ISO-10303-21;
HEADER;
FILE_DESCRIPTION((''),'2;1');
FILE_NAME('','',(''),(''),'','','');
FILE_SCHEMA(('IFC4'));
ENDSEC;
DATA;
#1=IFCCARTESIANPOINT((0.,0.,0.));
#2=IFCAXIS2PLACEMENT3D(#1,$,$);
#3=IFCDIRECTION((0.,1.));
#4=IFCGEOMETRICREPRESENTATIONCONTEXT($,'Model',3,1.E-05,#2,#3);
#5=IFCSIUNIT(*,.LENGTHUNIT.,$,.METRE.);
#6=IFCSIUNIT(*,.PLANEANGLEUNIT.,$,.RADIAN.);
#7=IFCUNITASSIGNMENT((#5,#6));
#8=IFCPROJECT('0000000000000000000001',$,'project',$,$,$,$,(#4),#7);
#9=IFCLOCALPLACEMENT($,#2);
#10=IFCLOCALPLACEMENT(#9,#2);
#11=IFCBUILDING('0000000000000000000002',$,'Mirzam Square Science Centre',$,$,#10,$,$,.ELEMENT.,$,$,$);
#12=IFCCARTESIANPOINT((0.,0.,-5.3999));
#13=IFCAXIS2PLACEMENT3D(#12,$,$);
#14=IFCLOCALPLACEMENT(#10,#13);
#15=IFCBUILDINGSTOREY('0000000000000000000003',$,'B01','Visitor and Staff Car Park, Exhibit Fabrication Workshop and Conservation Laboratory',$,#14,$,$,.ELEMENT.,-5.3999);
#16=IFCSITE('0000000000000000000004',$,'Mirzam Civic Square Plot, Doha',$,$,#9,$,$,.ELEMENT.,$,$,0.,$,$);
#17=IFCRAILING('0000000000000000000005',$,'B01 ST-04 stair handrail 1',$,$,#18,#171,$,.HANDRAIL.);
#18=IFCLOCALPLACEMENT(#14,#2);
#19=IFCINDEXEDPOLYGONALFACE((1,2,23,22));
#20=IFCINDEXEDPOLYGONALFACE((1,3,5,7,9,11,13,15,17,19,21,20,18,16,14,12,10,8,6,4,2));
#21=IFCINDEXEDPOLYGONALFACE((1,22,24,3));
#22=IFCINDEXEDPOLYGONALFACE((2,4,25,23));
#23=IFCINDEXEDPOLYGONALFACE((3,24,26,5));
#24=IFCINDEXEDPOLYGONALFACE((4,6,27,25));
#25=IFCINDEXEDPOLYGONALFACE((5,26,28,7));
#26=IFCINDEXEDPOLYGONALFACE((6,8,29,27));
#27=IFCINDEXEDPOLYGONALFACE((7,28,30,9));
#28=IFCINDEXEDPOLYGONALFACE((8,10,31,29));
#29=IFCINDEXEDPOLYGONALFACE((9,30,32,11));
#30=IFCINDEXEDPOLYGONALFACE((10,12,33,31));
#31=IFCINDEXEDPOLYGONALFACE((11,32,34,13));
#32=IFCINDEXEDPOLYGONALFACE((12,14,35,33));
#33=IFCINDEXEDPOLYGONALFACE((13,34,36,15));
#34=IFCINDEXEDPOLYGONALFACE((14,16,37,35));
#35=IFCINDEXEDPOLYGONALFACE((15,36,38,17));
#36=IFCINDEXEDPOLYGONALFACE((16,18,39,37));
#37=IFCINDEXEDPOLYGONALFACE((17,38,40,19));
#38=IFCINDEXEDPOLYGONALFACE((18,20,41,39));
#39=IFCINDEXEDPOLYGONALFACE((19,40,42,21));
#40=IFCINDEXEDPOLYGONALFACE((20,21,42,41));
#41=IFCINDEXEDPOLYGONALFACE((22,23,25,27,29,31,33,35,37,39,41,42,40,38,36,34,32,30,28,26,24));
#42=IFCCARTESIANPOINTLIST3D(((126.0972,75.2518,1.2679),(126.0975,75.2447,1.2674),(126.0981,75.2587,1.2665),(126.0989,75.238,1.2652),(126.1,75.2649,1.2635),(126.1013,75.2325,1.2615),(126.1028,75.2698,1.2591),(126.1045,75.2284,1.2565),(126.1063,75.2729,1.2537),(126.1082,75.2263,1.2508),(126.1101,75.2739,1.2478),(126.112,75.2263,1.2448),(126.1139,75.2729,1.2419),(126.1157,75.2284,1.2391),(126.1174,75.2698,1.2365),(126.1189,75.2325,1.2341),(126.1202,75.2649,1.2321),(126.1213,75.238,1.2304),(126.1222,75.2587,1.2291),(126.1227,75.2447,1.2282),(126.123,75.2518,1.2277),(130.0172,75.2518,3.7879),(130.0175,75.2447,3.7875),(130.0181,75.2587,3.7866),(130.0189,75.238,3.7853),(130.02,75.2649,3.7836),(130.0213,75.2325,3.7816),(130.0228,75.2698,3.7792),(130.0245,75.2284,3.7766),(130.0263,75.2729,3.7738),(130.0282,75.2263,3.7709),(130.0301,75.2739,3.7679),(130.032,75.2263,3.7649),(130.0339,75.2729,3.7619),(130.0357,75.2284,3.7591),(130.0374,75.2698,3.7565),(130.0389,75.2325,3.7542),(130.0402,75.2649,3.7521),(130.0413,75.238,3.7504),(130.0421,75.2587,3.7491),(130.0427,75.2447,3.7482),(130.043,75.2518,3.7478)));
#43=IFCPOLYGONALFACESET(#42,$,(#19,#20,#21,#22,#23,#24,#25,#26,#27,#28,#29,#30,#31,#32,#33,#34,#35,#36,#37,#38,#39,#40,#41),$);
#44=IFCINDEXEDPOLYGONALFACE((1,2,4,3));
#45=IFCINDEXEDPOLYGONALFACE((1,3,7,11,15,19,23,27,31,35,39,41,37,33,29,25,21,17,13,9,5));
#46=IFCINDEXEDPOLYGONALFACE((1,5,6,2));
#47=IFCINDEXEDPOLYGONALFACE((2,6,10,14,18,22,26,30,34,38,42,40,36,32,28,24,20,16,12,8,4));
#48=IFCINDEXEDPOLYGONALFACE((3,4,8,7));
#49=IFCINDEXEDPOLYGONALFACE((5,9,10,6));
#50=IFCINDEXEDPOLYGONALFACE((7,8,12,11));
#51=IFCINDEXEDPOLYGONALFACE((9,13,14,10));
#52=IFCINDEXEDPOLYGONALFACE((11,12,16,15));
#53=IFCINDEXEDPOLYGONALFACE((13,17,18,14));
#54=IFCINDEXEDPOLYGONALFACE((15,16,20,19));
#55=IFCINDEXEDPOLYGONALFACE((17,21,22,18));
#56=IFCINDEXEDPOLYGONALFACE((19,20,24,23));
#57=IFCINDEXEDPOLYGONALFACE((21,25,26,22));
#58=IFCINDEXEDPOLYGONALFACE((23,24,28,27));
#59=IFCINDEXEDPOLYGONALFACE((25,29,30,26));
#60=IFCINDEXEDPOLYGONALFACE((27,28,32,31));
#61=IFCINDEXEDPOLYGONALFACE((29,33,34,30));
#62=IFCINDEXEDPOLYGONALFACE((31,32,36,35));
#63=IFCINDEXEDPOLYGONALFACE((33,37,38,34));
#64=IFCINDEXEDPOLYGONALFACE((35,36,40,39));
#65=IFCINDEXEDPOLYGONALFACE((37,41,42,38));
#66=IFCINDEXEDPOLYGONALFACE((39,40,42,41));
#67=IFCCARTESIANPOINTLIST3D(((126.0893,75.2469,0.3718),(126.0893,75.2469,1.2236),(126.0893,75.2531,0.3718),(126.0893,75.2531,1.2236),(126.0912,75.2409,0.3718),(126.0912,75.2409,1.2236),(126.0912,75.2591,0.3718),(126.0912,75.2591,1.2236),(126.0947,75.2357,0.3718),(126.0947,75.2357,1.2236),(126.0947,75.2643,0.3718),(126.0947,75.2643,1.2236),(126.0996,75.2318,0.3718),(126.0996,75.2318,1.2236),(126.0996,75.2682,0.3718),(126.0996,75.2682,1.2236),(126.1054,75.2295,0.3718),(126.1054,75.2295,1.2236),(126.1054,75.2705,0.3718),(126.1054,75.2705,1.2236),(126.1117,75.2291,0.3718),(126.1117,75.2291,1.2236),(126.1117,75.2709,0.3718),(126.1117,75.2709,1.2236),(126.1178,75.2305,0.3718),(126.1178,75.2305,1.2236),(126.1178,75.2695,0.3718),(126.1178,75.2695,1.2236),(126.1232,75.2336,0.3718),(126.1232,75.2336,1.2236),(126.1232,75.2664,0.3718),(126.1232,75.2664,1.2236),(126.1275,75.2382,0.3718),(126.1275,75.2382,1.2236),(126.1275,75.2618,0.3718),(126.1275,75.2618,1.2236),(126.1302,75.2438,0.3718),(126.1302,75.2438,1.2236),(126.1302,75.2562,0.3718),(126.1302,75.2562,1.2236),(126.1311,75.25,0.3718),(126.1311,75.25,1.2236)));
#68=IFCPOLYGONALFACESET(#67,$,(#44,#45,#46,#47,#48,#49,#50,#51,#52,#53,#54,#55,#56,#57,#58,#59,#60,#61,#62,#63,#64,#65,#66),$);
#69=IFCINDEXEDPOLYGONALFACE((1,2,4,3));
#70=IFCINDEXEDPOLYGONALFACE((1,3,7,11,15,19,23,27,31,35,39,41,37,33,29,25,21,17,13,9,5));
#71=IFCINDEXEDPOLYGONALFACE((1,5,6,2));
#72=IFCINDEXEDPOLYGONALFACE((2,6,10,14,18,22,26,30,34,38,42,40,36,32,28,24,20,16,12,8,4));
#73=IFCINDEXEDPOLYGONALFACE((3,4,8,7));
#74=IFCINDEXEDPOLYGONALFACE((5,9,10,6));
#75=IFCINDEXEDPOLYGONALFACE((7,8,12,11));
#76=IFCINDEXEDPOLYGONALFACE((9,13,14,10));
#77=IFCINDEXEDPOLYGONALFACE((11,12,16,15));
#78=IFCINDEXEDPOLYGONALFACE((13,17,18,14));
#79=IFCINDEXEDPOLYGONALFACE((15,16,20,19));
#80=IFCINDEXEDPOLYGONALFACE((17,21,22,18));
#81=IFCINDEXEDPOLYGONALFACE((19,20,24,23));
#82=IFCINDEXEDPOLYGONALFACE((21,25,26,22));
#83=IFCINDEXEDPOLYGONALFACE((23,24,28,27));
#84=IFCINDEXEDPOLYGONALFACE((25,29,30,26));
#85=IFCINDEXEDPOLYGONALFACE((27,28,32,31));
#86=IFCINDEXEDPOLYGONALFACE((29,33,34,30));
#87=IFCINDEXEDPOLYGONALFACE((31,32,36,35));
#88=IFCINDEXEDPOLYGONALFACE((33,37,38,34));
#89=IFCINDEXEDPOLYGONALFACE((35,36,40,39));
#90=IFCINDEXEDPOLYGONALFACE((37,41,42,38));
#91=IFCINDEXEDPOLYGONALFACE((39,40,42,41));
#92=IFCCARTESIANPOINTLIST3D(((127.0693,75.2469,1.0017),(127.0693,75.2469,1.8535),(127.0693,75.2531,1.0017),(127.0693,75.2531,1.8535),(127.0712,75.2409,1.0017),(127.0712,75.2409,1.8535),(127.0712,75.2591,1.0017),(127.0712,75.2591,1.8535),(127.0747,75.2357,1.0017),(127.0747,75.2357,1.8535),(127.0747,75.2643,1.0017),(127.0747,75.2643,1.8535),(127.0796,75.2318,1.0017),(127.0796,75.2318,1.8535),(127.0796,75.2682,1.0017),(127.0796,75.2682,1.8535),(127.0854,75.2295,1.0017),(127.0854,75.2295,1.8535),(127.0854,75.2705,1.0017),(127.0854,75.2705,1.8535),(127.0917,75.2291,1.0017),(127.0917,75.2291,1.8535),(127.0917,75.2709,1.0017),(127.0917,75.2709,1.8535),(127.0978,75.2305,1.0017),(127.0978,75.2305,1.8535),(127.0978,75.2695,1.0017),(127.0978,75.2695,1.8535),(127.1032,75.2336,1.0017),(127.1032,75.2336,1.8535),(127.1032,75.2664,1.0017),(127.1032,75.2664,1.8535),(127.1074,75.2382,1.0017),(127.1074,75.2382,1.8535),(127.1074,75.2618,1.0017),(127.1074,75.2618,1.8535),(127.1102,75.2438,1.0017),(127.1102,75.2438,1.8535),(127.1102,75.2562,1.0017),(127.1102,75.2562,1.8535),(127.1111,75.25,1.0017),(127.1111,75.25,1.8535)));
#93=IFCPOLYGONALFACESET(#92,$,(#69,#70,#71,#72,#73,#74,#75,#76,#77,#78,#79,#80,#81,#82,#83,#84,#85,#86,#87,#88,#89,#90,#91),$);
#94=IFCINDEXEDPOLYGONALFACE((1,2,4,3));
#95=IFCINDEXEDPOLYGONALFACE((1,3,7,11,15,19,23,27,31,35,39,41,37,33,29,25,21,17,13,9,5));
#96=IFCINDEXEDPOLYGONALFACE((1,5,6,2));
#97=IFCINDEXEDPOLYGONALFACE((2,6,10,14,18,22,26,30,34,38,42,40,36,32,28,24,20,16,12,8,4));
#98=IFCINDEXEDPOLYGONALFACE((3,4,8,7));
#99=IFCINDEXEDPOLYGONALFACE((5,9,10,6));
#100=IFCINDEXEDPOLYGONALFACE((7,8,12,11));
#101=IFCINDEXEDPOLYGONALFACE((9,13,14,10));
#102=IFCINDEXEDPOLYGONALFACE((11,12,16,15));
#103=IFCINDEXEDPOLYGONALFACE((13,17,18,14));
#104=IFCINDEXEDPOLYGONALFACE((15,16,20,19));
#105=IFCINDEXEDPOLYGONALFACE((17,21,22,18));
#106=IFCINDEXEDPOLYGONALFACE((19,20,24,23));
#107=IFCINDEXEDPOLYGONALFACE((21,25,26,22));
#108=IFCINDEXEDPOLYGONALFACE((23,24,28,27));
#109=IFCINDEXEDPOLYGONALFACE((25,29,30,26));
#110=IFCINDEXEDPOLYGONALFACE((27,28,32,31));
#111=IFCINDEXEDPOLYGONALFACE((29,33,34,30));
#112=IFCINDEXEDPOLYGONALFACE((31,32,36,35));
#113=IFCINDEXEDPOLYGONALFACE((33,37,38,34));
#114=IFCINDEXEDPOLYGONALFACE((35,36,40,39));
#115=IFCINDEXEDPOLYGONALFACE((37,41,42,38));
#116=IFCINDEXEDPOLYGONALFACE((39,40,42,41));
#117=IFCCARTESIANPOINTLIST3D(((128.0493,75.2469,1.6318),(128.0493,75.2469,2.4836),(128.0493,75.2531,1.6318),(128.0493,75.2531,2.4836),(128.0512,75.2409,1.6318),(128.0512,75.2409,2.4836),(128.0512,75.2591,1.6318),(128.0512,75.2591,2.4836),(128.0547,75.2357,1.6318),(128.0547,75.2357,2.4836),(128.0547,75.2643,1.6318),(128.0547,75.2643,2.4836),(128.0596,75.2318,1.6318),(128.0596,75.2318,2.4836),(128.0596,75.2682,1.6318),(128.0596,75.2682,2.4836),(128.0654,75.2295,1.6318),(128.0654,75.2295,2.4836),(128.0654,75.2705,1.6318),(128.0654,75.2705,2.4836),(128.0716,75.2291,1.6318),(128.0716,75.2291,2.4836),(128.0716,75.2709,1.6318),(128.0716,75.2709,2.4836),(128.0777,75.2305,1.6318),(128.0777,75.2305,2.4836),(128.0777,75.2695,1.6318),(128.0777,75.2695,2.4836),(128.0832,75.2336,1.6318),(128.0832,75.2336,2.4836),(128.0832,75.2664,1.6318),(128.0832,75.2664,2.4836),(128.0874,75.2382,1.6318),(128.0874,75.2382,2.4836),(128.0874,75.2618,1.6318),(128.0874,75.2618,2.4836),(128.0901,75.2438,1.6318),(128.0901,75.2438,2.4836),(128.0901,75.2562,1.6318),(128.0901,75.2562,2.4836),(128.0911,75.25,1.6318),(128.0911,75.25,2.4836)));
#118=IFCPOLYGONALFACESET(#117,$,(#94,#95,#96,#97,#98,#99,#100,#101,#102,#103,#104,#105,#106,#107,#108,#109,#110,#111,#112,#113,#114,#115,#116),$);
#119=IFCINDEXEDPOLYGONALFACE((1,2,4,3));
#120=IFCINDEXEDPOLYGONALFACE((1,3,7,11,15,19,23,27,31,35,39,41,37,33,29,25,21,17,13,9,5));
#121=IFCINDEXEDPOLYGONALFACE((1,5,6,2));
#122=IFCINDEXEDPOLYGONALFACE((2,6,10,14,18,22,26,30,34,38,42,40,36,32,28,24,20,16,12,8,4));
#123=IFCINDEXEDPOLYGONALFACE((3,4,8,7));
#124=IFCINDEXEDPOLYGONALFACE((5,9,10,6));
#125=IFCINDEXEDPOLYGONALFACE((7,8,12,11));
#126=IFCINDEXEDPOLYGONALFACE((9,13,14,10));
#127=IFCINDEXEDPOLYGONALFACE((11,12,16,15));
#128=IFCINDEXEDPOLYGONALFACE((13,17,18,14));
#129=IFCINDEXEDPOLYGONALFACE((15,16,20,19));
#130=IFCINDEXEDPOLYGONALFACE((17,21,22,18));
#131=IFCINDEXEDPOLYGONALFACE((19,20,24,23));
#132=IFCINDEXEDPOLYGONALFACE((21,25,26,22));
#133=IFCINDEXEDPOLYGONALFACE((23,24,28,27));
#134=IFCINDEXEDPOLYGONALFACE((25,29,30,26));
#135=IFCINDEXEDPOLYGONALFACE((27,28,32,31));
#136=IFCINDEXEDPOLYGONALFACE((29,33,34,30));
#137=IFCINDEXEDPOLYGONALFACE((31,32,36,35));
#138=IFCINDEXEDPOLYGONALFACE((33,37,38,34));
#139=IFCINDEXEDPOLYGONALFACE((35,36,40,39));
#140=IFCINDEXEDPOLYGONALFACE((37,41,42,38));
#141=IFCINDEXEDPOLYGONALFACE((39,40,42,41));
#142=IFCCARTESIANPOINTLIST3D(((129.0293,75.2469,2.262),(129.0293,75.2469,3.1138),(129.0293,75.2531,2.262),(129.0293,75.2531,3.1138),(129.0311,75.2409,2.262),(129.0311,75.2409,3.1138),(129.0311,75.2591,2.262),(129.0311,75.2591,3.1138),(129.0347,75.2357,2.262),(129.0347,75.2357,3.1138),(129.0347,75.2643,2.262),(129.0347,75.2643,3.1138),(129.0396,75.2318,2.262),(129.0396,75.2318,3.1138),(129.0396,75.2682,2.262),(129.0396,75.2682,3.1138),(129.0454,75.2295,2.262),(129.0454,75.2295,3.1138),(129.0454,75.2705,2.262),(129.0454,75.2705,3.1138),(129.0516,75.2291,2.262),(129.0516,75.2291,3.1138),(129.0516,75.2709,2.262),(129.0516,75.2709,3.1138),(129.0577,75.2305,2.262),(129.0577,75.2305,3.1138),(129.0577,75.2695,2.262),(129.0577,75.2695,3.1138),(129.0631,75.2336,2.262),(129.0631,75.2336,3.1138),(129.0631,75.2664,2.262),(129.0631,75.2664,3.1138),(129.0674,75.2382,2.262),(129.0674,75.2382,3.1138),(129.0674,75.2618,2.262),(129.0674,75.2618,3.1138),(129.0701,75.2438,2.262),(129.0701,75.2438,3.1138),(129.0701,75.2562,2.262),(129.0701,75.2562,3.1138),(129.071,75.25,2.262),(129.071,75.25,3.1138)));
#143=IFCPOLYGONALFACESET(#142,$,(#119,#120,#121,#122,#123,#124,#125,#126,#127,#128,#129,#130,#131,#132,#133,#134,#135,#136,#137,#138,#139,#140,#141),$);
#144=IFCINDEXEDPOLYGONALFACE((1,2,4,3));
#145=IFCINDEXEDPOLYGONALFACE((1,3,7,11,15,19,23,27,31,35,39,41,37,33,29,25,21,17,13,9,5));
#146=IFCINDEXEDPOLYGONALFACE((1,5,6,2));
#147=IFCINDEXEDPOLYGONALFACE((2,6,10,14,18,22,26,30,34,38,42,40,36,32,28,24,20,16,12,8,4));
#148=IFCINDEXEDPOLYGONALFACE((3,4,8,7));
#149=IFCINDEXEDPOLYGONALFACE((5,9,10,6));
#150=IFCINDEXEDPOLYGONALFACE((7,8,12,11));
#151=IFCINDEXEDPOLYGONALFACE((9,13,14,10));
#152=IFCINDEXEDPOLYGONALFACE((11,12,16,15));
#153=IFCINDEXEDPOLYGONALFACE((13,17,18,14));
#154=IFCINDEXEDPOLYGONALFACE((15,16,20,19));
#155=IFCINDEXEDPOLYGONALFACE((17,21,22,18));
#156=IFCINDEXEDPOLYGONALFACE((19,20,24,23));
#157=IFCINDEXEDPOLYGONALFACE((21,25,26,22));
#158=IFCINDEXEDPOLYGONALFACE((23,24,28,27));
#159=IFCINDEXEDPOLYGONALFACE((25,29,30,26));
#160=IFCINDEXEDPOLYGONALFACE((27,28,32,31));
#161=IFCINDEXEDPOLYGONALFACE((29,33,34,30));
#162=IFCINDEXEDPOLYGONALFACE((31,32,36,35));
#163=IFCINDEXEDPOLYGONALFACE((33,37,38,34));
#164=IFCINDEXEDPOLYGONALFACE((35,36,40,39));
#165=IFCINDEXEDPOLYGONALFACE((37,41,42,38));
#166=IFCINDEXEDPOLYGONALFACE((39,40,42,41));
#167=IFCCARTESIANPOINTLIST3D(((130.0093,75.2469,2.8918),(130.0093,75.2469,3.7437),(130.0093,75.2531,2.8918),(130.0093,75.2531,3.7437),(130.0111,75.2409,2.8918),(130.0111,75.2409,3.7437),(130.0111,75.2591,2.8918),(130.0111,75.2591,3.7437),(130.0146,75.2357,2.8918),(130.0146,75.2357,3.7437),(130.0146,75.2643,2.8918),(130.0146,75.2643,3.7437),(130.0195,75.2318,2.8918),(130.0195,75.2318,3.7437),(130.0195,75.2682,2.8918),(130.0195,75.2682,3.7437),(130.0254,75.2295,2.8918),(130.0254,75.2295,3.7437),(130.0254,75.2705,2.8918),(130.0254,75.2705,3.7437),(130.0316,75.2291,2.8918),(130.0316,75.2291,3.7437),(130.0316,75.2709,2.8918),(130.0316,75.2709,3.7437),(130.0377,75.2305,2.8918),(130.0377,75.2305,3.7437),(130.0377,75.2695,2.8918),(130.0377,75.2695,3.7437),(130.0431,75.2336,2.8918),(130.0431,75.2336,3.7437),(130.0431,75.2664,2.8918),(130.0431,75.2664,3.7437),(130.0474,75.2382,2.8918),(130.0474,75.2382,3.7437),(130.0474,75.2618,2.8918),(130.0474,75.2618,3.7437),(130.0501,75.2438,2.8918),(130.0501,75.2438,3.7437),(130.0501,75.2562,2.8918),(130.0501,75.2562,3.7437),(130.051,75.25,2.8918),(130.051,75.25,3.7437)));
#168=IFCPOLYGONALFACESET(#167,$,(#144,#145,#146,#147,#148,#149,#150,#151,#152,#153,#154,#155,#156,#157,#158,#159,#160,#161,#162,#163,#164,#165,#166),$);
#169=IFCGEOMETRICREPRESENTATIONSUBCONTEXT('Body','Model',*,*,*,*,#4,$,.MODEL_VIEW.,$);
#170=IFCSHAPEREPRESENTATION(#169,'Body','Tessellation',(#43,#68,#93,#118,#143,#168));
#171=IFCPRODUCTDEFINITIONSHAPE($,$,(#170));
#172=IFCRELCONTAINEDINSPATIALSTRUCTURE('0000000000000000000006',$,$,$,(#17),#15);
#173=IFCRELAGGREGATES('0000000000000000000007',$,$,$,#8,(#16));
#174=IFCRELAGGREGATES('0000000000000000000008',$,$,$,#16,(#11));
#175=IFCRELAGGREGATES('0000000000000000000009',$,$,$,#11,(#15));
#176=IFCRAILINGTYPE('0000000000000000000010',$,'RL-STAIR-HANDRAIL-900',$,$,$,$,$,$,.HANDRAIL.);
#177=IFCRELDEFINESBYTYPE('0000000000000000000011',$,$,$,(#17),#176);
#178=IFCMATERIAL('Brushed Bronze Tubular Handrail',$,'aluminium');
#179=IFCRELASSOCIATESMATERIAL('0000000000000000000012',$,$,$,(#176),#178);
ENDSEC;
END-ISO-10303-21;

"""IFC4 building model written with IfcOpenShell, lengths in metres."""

from ifc_helpers import new_model, si_unit, direction, frame, origin, origin_2d, place, context, subcontext, project, spatial, circle, extrude, material, type_object, element, save


model = new_model("IFC4")

# Units and contexts
model_context = context("Model", 3, precision=1e-05, world=origin(), true_north=direction((0.0, 1.0)))
body_context = subcontext(model_context, "Body", "Model", "MODEL_VIEW")
ifc_project = project(units=[si_unit("LENGTHUNIT", "METRE"), si_unit("PLANEANGLEUNIT", "RADIAN")], contexts=[model_context])

# Site, building, storey
site_placement = place(None, origin())
site = spatial("IfcSite", under=ifc_project, at=site_placement, Name="Mirzam Civic Square Plot, Doha", CompositionType="ELEMENT", RefElevation=0.0)
building_placement = place(site_placement, origin())
building = spatial("IfcBuilding", under=site, at=building_placement, Name="Mirzam Square Science Centre", CompositionType="ELEMENT")
storey_placement = place(building_placement, frame((0.0, 0.0, -5.3999)))
storey = spatial("IfcBuildingStorey", under=building, at=storey_placement, Name="B01", Description="Visitor and Staff Car Park, Exhibit Fabrication Workshop and Conservation Laboratory", CompositionType="ELEMENT", Elevation=-5.3999)

# Railing
ifc_material_1 = material(Name="Brushed Bronze Tubular Handrail", Category="aluminium")
railing_type = type_object("IfcRailingType", Name="RL-STAIR-HANDRAIL-900", PredefinedType="HANDRAIL", material=ifc_material_1)
railing_placement = place(storey_placement, frame((126.1101, 75.25, 0.3718)))
element("IfcRailing", 1, at=railing_placement, inside=storey, type_object=railing_type, Name="B01 ST-04 stair handrail 1", PredefinedType="HANDRAIL", context=body_context, shape_type="SweptSolid", body=[
    extrude(circle(Radius=0.0239, at=origin_2d()), frame((0.0, 0.0, 0.876), z_axis=(0.841172, 0.0, 0.540768), x_axis=(0.0, 1.0, 0.0)), (0.0, 0.0, 1.0), 4.6602),
    extrude(circle(Radius=0.021, at=origin_2d()), origin(), (0.0, 0.0, 1.0), 0.8518),
    extrude(circle(Radius=0.021, at=origin_2d()), frame((0.98, 0.0, 0.6299)), (0.0, 0.0, 1.0), 0.8518),
    extrude(circle(Radius=0.021, at=origin_2d()), frame((1.96, 0.0, 1.26)), (0.0, 0.0, 1.0), 0.8518),
    extrude(circle(Radius=0.021, at=origin_2d()), frame((2.9399, 0.0, 1.8901)), (0.0, 0.0, 1.0), 0.8518),
    extrude(circle(Radius=0.021, at=origin_2d()), frame((3.9199, 0.0, 2.52)), (0.0, 0.0, 1.0), 0.8518),
])

save(model, "model.ifc")
